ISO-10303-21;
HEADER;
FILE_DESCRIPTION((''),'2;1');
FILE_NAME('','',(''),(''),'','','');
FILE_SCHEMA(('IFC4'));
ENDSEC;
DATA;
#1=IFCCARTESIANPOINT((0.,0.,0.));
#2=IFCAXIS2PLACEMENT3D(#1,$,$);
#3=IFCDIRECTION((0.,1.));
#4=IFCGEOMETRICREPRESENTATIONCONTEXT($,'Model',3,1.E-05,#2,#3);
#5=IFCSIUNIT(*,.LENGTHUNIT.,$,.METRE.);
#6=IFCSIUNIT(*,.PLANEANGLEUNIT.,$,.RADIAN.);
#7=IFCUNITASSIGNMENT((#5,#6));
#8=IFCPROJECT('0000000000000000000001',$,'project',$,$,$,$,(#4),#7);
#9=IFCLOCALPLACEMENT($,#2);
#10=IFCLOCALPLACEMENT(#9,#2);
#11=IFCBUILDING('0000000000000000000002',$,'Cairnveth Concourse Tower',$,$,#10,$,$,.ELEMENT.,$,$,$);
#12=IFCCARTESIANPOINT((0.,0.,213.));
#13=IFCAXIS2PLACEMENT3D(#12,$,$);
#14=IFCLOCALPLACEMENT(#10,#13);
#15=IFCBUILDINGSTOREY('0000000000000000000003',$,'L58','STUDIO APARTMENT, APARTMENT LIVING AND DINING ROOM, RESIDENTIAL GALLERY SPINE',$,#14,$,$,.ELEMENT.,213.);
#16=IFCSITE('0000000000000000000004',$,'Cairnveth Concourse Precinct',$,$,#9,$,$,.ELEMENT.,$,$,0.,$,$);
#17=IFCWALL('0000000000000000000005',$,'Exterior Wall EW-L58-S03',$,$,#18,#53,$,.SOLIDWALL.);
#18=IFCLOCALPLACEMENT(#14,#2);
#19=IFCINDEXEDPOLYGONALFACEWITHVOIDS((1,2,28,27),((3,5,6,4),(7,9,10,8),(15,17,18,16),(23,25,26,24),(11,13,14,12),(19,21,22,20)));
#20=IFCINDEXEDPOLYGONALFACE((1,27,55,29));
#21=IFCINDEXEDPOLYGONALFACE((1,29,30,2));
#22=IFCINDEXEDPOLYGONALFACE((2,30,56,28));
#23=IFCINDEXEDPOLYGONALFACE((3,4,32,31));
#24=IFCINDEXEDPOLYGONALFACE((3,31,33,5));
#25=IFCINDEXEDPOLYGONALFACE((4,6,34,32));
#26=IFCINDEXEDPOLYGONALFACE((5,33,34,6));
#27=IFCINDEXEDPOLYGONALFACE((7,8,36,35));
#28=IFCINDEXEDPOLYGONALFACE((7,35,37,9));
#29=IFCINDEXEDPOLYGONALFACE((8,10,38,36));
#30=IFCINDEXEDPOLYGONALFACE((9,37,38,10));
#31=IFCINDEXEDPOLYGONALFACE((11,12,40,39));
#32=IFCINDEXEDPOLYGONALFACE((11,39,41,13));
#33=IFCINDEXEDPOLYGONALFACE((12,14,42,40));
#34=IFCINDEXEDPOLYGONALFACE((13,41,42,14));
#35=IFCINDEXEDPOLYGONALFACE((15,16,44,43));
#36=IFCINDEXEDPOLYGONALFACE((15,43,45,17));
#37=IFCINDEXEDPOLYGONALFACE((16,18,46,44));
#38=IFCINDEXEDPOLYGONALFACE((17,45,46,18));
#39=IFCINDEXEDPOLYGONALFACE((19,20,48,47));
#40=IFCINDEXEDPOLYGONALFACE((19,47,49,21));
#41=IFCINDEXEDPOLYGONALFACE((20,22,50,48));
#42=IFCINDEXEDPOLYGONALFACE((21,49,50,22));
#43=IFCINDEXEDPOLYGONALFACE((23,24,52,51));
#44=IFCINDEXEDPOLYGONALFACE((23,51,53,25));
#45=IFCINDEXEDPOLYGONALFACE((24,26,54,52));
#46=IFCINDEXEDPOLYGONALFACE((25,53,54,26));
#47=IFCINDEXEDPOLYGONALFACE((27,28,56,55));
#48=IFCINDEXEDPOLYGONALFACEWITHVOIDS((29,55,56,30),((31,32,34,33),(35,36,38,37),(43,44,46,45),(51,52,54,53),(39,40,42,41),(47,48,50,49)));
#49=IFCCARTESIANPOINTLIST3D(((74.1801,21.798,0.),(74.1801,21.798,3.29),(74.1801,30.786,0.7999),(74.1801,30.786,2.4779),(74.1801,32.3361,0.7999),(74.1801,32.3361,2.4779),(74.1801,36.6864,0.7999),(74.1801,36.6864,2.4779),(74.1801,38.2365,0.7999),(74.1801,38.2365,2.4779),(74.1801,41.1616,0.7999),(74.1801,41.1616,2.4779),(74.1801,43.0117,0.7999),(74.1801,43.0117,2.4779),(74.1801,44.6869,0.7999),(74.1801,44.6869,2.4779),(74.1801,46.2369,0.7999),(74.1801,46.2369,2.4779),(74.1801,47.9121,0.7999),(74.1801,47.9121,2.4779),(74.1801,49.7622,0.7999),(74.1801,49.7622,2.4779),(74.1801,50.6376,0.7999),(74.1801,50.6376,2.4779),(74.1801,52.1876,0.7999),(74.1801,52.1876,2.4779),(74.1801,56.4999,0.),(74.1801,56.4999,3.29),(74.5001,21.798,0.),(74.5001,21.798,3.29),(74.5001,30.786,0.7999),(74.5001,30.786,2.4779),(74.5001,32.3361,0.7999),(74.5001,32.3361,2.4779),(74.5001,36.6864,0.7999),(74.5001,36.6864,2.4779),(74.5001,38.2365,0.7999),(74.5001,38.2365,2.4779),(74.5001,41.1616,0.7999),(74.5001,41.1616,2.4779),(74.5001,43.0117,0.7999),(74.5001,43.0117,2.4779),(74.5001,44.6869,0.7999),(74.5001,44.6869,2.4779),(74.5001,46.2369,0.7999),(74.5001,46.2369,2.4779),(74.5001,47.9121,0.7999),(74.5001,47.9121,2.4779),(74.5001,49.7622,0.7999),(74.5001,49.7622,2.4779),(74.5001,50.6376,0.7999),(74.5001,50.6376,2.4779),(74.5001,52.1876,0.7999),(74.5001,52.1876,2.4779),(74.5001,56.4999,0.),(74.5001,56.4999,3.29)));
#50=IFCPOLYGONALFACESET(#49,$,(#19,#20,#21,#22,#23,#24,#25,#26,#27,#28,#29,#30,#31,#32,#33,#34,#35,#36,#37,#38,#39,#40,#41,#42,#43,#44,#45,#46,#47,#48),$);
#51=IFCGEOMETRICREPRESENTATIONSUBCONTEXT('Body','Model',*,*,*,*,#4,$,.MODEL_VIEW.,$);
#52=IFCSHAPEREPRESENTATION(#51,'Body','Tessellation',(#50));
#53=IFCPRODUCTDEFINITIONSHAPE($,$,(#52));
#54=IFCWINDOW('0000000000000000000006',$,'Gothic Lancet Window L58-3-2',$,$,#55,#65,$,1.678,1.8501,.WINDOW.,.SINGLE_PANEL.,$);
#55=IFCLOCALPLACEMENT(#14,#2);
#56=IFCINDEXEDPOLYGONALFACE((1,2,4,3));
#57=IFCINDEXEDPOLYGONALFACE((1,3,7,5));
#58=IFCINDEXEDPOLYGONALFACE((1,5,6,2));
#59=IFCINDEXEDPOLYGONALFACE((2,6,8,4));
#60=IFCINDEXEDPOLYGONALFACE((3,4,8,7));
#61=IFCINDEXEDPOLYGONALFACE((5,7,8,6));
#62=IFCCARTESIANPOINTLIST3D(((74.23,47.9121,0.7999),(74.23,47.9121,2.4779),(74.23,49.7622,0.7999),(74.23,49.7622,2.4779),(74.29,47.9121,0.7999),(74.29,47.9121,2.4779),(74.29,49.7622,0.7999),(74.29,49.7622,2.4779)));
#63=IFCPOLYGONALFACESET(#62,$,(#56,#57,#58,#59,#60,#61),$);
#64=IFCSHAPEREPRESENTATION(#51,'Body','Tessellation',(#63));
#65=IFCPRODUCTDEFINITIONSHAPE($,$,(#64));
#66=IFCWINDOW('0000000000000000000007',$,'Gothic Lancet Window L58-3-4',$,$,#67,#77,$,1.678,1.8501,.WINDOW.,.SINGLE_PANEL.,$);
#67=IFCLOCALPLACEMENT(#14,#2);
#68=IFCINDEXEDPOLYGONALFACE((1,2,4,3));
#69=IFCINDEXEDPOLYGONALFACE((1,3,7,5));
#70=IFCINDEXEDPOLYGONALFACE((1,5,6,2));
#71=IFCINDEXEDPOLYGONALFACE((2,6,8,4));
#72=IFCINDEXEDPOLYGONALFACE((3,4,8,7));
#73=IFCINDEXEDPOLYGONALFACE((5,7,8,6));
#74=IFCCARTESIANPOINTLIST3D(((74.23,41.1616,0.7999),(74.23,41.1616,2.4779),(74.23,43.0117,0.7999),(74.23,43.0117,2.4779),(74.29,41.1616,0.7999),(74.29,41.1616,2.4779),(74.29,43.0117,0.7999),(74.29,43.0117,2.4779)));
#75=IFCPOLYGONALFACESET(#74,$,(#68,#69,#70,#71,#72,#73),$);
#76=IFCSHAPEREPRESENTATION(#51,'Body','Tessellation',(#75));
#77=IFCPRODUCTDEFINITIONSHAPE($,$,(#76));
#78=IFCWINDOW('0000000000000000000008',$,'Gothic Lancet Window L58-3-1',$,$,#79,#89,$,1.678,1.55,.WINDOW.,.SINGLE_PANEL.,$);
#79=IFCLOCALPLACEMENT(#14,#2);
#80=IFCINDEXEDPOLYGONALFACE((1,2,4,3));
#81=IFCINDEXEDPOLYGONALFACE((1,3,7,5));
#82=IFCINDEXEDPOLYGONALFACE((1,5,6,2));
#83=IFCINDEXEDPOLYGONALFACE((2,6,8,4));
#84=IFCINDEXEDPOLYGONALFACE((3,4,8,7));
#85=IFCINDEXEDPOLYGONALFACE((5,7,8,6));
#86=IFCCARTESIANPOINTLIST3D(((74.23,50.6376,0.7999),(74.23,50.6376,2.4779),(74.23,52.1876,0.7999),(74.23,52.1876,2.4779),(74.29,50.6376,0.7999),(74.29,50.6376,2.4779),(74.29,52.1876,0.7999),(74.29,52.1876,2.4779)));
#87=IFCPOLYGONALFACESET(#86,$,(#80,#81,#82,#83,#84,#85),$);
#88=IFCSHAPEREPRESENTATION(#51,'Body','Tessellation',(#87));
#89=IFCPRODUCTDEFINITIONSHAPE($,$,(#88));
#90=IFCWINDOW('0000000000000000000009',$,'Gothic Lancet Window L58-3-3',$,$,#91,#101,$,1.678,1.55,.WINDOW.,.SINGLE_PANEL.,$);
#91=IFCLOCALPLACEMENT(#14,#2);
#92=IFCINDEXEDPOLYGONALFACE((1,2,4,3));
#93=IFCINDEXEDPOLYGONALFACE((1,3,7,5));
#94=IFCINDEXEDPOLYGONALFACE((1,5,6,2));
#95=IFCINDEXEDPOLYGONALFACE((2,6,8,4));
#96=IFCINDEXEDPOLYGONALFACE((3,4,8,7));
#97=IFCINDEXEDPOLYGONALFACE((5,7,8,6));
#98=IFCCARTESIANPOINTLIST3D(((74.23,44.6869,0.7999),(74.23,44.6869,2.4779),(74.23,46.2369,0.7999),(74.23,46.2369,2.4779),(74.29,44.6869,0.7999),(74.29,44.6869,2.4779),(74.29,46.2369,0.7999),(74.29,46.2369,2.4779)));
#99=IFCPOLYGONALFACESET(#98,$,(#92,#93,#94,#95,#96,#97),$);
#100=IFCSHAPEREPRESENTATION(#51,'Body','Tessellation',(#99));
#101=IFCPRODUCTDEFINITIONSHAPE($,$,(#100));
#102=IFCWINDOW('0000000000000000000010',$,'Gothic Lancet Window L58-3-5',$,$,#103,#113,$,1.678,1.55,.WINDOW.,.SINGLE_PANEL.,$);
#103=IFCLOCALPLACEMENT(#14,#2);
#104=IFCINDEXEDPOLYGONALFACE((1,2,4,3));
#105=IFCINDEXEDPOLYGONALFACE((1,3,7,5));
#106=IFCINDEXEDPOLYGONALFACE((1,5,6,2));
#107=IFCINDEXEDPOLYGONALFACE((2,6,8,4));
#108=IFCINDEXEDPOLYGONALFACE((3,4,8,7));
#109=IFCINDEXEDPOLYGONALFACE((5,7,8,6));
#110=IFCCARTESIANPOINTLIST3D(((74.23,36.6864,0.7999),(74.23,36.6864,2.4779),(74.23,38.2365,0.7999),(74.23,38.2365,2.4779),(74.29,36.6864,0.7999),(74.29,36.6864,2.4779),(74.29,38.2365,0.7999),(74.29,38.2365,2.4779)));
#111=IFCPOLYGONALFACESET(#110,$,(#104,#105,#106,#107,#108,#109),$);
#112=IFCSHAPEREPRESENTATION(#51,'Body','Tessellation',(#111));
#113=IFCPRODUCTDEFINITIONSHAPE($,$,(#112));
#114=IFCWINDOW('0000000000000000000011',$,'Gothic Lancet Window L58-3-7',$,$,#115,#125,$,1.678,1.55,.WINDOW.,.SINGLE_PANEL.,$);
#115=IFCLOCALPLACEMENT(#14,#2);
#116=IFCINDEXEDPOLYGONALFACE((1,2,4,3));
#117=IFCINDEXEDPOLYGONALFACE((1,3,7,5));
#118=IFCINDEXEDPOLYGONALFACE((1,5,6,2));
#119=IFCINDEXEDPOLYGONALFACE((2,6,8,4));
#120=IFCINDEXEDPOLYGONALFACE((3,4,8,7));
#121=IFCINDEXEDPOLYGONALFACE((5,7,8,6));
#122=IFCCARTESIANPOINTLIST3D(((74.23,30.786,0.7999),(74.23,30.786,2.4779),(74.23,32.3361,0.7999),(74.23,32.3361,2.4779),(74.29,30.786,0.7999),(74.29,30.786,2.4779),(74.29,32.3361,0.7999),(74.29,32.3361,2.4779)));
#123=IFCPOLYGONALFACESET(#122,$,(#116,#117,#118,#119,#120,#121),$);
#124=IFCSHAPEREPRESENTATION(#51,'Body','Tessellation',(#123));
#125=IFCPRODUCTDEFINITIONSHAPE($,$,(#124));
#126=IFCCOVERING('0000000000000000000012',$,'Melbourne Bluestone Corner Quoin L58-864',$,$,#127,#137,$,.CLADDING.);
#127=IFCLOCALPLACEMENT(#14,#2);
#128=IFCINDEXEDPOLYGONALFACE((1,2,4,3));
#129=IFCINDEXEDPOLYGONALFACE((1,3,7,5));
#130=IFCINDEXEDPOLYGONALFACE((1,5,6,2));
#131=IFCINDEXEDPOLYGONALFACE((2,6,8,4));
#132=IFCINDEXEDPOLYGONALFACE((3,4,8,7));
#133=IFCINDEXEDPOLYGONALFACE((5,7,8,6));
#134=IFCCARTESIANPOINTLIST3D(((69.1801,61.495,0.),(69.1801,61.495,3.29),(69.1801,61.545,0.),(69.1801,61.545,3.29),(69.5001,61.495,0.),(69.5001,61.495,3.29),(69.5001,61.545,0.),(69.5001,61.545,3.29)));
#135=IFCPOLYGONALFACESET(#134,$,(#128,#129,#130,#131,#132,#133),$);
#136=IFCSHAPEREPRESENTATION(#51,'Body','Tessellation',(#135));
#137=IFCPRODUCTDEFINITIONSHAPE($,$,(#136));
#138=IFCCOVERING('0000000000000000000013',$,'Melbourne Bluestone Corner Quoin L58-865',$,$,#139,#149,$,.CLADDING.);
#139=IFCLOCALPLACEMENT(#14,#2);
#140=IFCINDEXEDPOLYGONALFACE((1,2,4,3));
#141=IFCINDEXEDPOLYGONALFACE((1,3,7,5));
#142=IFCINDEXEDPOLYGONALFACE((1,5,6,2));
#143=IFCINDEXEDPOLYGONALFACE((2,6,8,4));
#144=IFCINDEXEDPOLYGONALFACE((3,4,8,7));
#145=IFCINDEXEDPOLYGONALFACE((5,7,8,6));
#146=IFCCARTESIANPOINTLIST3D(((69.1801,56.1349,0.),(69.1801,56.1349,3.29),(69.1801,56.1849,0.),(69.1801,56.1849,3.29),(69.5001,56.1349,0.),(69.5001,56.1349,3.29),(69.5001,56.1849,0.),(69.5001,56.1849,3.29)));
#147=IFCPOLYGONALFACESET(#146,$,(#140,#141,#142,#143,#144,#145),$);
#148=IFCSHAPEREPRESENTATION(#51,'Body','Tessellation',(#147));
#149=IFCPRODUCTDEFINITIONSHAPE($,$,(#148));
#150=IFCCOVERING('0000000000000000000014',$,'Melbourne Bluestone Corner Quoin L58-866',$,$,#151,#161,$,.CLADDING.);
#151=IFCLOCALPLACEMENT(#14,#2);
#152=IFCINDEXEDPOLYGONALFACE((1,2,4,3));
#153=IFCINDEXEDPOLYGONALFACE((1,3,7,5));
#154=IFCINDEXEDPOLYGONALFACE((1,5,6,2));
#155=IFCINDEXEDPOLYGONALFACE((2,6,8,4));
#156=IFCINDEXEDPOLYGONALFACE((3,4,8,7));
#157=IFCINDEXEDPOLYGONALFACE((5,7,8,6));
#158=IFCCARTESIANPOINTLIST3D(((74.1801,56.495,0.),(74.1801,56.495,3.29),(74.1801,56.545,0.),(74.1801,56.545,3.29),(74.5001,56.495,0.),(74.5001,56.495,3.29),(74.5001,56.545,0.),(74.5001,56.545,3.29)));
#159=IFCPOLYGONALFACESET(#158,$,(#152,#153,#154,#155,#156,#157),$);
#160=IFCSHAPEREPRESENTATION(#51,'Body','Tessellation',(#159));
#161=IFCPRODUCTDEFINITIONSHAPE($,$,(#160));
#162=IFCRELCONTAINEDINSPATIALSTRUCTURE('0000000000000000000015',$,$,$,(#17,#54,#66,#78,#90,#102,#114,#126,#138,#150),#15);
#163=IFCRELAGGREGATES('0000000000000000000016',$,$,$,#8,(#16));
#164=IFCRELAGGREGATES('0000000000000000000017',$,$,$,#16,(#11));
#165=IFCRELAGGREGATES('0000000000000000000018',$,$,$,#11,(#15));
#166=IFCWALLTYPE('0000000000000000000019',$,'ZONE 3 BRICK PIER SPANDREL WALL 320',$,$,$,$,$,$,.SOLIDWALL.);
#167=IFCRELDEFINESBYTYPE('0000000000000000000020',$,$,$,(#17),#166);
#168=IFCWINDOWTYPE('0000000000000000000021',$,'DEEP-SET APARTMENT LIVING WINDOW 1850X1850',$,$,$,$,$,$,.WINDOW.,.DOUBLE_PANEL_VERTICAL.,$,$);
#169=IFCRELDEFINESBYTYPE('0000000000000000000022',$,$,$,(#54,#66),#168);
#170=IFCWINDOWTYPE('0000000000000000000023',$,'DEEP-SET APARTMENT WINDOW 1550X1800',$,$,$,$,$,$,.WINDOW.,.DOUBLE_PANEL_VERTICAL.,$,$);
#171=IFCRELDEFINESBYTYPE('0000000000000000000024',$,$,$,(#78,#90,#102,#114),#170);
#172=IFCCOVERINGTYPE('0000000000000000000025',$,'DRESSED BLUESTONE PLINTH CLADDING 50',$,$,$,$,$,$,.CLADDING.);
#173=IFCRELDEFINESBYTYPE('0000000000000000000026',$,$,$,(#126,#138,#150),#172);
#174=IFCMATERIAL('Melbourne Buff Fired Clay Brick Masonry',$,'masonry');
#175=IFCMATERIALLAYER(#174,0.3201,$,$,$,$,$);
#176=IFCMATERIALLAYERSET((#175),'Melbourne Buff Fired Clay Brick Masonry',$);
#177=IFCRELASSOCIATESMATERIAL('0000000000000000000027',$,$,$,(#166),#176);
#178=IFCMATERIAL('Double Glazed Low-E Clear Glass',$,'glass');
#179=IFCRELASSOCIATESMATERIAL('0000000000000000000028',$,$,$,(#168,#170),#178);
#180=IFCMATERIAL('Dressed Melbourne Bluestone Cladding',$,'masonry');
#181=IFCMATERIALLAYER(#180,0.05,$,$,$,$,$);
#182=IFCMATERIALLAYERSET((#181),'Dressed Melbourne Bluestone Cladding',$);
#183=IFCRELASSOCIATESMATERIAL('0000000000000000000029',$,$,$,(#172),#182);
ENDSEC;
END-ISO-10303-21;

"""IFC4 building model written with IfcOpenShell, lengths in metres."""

from ifc_helpers import new_model, si_unit, direction, frame, frame_2d, origin, place, context, subcontext, project, spatial, rectangle, extrude, material, layer, layer_set, type_object, element, fill, save


model = new_model("IFC4")

# Units and contexts
model_context = context("Model", 3, precision=1e-05, world=origin(), true_north=direction((0.0, 1.0)))
body_context = subcontext(model_context, "Body", "Model", "MODEL_VIEW")
ifc_project = project(units=[si_unit("LENGTHUNIT", "METRE"), si_unit("PLANEANGLEUNIT", "RADIAN")], contexts=[model_context])

# Site, building, storey
site_placement = place(None, origin())
site = spatial("IfcSite", under=ifc_project, at=site_placement, Name="Cairnveth Concourse Precinct", CompositionType="ELEMENT", RefElevation=0.0)
building_placement = place(site_placement, origin())
building = spatial("IfcBuilding", under=site, at=building_placement, Name="Cairnveth Concourse Tower", CompositionType="ELEMENT")
storey_placement = place(building_placement, frame((0.0, 0.0, 213.0)))
storey = spatial("IfcBuildingStorey", under=building, at=storey_placement, Name="L58", Description="STUDIO APARTMENT, APARTMENT LIVING AND DINING ROOM, RESIDENTIAL GALLERY SPINE", CompositionType="ELEMENT", Elevation=213.0)

# Shared definitions
ifc_material_1 = material(Name="Melbourne Buff Fired Clay Brick Masonry", Category="masonry")
ifc_layer_1 = layer(ifc_material_1, 0.3201)
ifc_layer_set_1 = layer_set([ifc_layer_1], Name="Melbourne Buff Fired Clay Brick Masonry")
wall_type = type_object("IfcWallType", Name="ZONE 3 BRICK PIER SPANDREL WALL 320", PredefinedType="SOLIDWALL", material=ifc_layer_set_1)
ifc_material_2 = material(Name="Double Glazed Low-E Clear Glass", Category="glass")

# Wall, openings, windows
wall_1_placement = place(storey_placement, frame((74.3401, 56.5, 0.0), z_axis=(0.0, 0.0, 1.0), x_axis=(0.0, -1.0, 0.0)))
wall_1 = element("IfcWall", 1, at=wall_1_placement, inside=storey, type_object=wall_type, Name="Exterior Wall EW-L58-S03", PredefinedType="SOLIDWALL", context=body_context, shape_type="SweptSolid", body=[
    extrude(rectangle(XDim=34.7019, YDim=0.3201, at=frame_2d((17.3511, 0.0))), origin(), (0.0, 0.0, 1.0), 3.29),
])
opening_1_placement = place(wall_1_placement, frame((4.3125, 0.0, 0.8)))
opening_1 = element("IfcOpeningElement", 2, at=opening_1_placement, cuts=wall_1, PredefinedType="OPENING", context=body_context, shape_type="SweptSolid", body=[
    extrude(rectangle(XDim=1.55, YDim=1.678, at=frame_2d((0.7749, 0.8389))), frame((0.0, 0.1699, 0.0), z_axis=(0.0, -1.0, 0.0), x_axis=(1.0, 0.0, 0.0)), (0.0, 0.0, 1.0), 0.3401),
])
opening_2_placement = place(wall_1_placement, frame((6.7378, 0.0, 0.8)))
opening_2 = element("IfcOpeningElement", 3, at=opening_2_placement, cuts=wall_1, PredefinedType="OPENING", context=body_context, shape_type="SweptSolid", body=[
    extrude(rectangle(XDim=1.8501, YDim=1.678, at=frame_2d((0.925, 0.8389))), frame((0.0, 0.1699, 0.0), z_axis=(0.0, -1.0, 0.0), x_axis=(1.0, 0.0, 0.0)), (0.0, 0.0, 1.0), 0.3401),
])
opening_3_placement = place(wall_1_placement, frame((10.2632, 0.0, 0.8)))
opening_3 = element("IfcOpeningElement", 4, at=opening_3_placement, cuts=wall_1, PredefinedType="OPENING", context=body_context, shape_type="SweptSolid", body=[
    extrude(rectangle(XDim=1.55, YDim=1.678, at=frame_2d((0.7749, 0.8389))), frame((0.0, 0.1699, 0.0), z_axis=(0.0, -1.0, 0.0), x_axis=(1.0, 0.0, 0.0)), (0.0, 0.0, 1.0), 0.3401),
])
opening_4_placement = place(wall_1_placement, frame((13.4883, 0.0, 0.8)))
opening_4 = element("IfcOpeningElement", 5, at=opening_4_placement, cuts=wall_1, PredefinedType="OPENING", context=body_context, shape_type="SweptSolid", body=[
    extrude(rectangle(XDim=1.8501, YDim=1.678, at=frame_2d((0.925, 0.8389))), frame((0.0, 0.1699, 0.0), z_axis=(0.0, -1.0, 0.0), x_axis=(1.0, 0.0, 0.0)), (0.0, 0.0, 1.0), 0.3401),
])
opening_5_placement = place(wall_1_placement, frame((18.2637, 0.0, 0.8)))
opening_5 = element("IfcOpeningElement", 6, at=opening_5_placement, cuts=wall_1, PredefinedType="OPENING", context=body_context, shape_type="SweptSolid", body=[
    extrude(rectangle(XDim=1.55, YDim=1.678, at=frame_2d((0.7749, 0.8389))), frame((0.0, 0.1699, 0.0), z_axis=(0.0, -1.0, 0.0), x_axis=(1.0, 0.0, 0.0)), (0.0, 0.0, 1.0), 0.3401),
])
opening_6_placement = place(wall_1_placement, frame((24.1641, 0.0, 0.8)))
opening_6 = element("IfcOpeningElement", 7, at=opening_6_placement, cuts=wall_1, PredefinedType="OPENING", context=body_context, shape_type="SweptSolid", body=[
    extrude(rectangle(XDim=1.55, YDim=1.678, at=frame_2d((0.7749, 0.8389))), frame((0.0, 0.1699, 0.0), z_axis=(0.0, -1.0, 0.0), x_axis=(1.0, 0.0, 0.0)), (0.0, 0.0, 1.0), 0.3401),
])
window_type_1 = type_object("IfcWindowType", Name="DEEP-SET APARTMENT LIVING WINDOW 1850X1850", PartitioningType="DOUBLE_PANEL_VERTICAL", PredefinedType="WINDOW", material=ifc_material_2)
window_1_placement = place(opening_2_placement, origin())
window_1 = element("IfcWindow", 8, at=window_1_placement, inside=storey, type_object=window_type_1, Name="Gothic Lancet Window L58-3-2", OverallHeight=1.678, OverallWidth=1.8501, PartitioningType="SINGLE_PANEL", PredefinedType="WINDOW", context=body_context, shape_type="SweptSolid", body=[
    extrude(rectangle(XDim=1.8501, YDim=1.678, at=frame_2d((0.925, 0.8389))), frame((0.0, -0.05, 0.0), z_axis=(0.0, -1.0, 0.0), x_axis=(1.0, 0.0, 0.0)), (0.0, 0.0, 1.0), 0.0601),
])
fill(opening_2, window_1)
window_2_placement = place(opening_4_placement, origin())
window_2 = element("IfcWindow", 9, at=window_2_placement, inside=storey, type_object=window_type_1, Name="Gothic Lancet Window L58-3-4", OverallHeight=1.678, OverallWidth=1.8501, PartitioningType="SINGLE_PANEL", PredefinedType="WINDOW", context=body_context, shape_type="SweptSolid", body=[
    extrude(rectangle(XDim=1.8501, YDim=1.678, at=frame_2d((0.925, 0.8389))), frame((0.0, -0.05, 0.0), z_axis=(0.0, -1.0, 0.0), x_axis=(1.0, 0.0, 0.0)), (0.0, 0.0, 1.0), 0.0601),
])
fill(opening_4, window_2)
window_type_2 = type_object("IfcWindowType", Name="DEEP-SET APARTMENT WINDOW 1550X1800", PartitioningType="DOUBLE_PANEL_VERTICAL", PredefinedType="WINDOW", material=ifc_material_2)
window_3_placement = place(opening_1_placement, origin())
window_3 = element("IfcWindow", 10, at=window_3_placement, inside=storey, type_object=window_type_2, Name="Gothic Lancet Window L58-3-1", OverallHeight=1.678, OverallWidth=1.55, PartitioningType="SINGLE_PANEL", PredefinedType="WINDOW", context=body_context, shape_type="SweptSolid", body=[
    extrude(rectangle(XDim=1.55, YDim=1.678, at=frame_2d((0.7749, 0.8389))), frame((0.0, -0.05, 0.0), z_axis=(0.0, -1.0, 0.0), x_axis=(1.0, 0.0, 0.0)), (0.0, 0.0, 1.0), 0.0601),
])
fill(opening_1, window_3)
window_4_placement = place(opening_3_placement, origin())
window_4 = element("IfcWindow", 11, at=window_4_placement, inside=storey, type_object=window_type_2, Name="Gothic Lancet Window L58-3-3", OverallHeight=1.678, OverallWidth=1.55, PartitioningType="SINGLE_PANEL", PredefinedType="WINDOW", context=body_context, shape_type="SweptSolid", body=[
    extrude(rectangle(XDim=1.55, YDim=1.678, at=frame_2d((0.7749, 0.8389))), frame((0.0, -0.05, 0.0), z_axis=(0.0, -1.0, 0.0), x_axis=(1.0, 0.0, 0.0)), (0.0, 0.0, 1.0), 0.0601),
])
fill(opening_3, window_4)
window_5_placement = place(opening_5_placement, origin())
window_5 = element("IfcWindow", 12, at=window_5_placement, inside=storey, type_object=window_type_2, Name="Gothic Lancet Window L58-3-5", OverallHeight=1.678, OverallWidth=1.55, PartitioningType="SINGLE_PANEL", PredefinedType="WINDOW", context=body_context, shape_type="SweptSolid", body=[
    extrude(rectangle(XDim=1.55, YDim=1.678, at=frame_2d((0.7749, 0.8389))), frame((0.0, -0.05, 0.0), z_axis=(0.0, -1.0, 0.0), x_axis=(1.0, 0.0, 0.0)), (0.0, 0.0, 1.0), 0.0601),
])
fill(opening_5, window_5)
window_6_placement = place(opening_6_placement, origin())
window_6 = element("IfcWindow", 13, at=window_6_placement, inside=storey, type_object=window_type_2, Name="Gothic Lancet Window L58-3-7", OverallHeight=1.678, OverallWidth=1.55, PartitioningType="SINGLE_PANEL", PredefinedType="WINDOW", context=body_context, shape_type="SweptSolid", body=[
    extrude(rectangle(XDim=1.55, YDim=1.678, at=frame_2d((0.7749, 0.8389))), frame((0.0, -0.05, 0.0), z_axis=(0.0, -1.0, 0.0), x_axis=(1.0, 0.0, 0.0)), (0.0, 0.0, 1.0), 0.0601),
])
fill(opening_6, window_6)

# Coverings
ifc_material_3 = material(Name="Dressed Melbourne Bluestone Cladding", Category="masonry")
ifc_layer_2 = layer(ifc_material_3, 0.05)
ifc_layer_set_2 = layer_set([ifc_layer_2], Name="Dressed Melbourne Bluestone Cladding")
covering_type = type_object("IfcCoveringType", Name="DRESSED BLUESTONE PLINTH CLADDING 50", PredefinedType="CLADDING", material=ifc_layer_set_2)
for number, where, z_axis, x_axis, name in (
    (14, (69.1799, 61.52, 0.0), (0.0, 0.0, 1.0), (1.0, 0.0, 0.0), "Melbourne Bluestone Corner Quoin L58-864"),
    (15, (69.1799, 56.1599, 0.0), (0.0, 0.0, 1.0), (1.0, 0.0, 0.0), "Melbourne Bluestone Corner Quoin L58-865"),
    (16, (74.1799, 56.52, 0.0), (0.0, 0.0, 1.0), (1.0, 0.0, 0.0), "Melbourne Bluestone Corner Quoin L58-866"),
):
    element("IfcCovering", number, at=place(storey_placement, frame(where, z_axis=z_axis, x_axis=x_axis)), inside=storey, type_object=covering_type, Name=name, PredefinedType="CLADDING", context=body_context, shape_type="SweptSolid", body=[
        extrude(rectangle(XDim=0.3201, YDim=0.05, at=frame_2d((0.1602, 0.0))), origin(), (0.0, 0.0, 1.0), 3.29),
    ])

save(model, "model.ifc")
